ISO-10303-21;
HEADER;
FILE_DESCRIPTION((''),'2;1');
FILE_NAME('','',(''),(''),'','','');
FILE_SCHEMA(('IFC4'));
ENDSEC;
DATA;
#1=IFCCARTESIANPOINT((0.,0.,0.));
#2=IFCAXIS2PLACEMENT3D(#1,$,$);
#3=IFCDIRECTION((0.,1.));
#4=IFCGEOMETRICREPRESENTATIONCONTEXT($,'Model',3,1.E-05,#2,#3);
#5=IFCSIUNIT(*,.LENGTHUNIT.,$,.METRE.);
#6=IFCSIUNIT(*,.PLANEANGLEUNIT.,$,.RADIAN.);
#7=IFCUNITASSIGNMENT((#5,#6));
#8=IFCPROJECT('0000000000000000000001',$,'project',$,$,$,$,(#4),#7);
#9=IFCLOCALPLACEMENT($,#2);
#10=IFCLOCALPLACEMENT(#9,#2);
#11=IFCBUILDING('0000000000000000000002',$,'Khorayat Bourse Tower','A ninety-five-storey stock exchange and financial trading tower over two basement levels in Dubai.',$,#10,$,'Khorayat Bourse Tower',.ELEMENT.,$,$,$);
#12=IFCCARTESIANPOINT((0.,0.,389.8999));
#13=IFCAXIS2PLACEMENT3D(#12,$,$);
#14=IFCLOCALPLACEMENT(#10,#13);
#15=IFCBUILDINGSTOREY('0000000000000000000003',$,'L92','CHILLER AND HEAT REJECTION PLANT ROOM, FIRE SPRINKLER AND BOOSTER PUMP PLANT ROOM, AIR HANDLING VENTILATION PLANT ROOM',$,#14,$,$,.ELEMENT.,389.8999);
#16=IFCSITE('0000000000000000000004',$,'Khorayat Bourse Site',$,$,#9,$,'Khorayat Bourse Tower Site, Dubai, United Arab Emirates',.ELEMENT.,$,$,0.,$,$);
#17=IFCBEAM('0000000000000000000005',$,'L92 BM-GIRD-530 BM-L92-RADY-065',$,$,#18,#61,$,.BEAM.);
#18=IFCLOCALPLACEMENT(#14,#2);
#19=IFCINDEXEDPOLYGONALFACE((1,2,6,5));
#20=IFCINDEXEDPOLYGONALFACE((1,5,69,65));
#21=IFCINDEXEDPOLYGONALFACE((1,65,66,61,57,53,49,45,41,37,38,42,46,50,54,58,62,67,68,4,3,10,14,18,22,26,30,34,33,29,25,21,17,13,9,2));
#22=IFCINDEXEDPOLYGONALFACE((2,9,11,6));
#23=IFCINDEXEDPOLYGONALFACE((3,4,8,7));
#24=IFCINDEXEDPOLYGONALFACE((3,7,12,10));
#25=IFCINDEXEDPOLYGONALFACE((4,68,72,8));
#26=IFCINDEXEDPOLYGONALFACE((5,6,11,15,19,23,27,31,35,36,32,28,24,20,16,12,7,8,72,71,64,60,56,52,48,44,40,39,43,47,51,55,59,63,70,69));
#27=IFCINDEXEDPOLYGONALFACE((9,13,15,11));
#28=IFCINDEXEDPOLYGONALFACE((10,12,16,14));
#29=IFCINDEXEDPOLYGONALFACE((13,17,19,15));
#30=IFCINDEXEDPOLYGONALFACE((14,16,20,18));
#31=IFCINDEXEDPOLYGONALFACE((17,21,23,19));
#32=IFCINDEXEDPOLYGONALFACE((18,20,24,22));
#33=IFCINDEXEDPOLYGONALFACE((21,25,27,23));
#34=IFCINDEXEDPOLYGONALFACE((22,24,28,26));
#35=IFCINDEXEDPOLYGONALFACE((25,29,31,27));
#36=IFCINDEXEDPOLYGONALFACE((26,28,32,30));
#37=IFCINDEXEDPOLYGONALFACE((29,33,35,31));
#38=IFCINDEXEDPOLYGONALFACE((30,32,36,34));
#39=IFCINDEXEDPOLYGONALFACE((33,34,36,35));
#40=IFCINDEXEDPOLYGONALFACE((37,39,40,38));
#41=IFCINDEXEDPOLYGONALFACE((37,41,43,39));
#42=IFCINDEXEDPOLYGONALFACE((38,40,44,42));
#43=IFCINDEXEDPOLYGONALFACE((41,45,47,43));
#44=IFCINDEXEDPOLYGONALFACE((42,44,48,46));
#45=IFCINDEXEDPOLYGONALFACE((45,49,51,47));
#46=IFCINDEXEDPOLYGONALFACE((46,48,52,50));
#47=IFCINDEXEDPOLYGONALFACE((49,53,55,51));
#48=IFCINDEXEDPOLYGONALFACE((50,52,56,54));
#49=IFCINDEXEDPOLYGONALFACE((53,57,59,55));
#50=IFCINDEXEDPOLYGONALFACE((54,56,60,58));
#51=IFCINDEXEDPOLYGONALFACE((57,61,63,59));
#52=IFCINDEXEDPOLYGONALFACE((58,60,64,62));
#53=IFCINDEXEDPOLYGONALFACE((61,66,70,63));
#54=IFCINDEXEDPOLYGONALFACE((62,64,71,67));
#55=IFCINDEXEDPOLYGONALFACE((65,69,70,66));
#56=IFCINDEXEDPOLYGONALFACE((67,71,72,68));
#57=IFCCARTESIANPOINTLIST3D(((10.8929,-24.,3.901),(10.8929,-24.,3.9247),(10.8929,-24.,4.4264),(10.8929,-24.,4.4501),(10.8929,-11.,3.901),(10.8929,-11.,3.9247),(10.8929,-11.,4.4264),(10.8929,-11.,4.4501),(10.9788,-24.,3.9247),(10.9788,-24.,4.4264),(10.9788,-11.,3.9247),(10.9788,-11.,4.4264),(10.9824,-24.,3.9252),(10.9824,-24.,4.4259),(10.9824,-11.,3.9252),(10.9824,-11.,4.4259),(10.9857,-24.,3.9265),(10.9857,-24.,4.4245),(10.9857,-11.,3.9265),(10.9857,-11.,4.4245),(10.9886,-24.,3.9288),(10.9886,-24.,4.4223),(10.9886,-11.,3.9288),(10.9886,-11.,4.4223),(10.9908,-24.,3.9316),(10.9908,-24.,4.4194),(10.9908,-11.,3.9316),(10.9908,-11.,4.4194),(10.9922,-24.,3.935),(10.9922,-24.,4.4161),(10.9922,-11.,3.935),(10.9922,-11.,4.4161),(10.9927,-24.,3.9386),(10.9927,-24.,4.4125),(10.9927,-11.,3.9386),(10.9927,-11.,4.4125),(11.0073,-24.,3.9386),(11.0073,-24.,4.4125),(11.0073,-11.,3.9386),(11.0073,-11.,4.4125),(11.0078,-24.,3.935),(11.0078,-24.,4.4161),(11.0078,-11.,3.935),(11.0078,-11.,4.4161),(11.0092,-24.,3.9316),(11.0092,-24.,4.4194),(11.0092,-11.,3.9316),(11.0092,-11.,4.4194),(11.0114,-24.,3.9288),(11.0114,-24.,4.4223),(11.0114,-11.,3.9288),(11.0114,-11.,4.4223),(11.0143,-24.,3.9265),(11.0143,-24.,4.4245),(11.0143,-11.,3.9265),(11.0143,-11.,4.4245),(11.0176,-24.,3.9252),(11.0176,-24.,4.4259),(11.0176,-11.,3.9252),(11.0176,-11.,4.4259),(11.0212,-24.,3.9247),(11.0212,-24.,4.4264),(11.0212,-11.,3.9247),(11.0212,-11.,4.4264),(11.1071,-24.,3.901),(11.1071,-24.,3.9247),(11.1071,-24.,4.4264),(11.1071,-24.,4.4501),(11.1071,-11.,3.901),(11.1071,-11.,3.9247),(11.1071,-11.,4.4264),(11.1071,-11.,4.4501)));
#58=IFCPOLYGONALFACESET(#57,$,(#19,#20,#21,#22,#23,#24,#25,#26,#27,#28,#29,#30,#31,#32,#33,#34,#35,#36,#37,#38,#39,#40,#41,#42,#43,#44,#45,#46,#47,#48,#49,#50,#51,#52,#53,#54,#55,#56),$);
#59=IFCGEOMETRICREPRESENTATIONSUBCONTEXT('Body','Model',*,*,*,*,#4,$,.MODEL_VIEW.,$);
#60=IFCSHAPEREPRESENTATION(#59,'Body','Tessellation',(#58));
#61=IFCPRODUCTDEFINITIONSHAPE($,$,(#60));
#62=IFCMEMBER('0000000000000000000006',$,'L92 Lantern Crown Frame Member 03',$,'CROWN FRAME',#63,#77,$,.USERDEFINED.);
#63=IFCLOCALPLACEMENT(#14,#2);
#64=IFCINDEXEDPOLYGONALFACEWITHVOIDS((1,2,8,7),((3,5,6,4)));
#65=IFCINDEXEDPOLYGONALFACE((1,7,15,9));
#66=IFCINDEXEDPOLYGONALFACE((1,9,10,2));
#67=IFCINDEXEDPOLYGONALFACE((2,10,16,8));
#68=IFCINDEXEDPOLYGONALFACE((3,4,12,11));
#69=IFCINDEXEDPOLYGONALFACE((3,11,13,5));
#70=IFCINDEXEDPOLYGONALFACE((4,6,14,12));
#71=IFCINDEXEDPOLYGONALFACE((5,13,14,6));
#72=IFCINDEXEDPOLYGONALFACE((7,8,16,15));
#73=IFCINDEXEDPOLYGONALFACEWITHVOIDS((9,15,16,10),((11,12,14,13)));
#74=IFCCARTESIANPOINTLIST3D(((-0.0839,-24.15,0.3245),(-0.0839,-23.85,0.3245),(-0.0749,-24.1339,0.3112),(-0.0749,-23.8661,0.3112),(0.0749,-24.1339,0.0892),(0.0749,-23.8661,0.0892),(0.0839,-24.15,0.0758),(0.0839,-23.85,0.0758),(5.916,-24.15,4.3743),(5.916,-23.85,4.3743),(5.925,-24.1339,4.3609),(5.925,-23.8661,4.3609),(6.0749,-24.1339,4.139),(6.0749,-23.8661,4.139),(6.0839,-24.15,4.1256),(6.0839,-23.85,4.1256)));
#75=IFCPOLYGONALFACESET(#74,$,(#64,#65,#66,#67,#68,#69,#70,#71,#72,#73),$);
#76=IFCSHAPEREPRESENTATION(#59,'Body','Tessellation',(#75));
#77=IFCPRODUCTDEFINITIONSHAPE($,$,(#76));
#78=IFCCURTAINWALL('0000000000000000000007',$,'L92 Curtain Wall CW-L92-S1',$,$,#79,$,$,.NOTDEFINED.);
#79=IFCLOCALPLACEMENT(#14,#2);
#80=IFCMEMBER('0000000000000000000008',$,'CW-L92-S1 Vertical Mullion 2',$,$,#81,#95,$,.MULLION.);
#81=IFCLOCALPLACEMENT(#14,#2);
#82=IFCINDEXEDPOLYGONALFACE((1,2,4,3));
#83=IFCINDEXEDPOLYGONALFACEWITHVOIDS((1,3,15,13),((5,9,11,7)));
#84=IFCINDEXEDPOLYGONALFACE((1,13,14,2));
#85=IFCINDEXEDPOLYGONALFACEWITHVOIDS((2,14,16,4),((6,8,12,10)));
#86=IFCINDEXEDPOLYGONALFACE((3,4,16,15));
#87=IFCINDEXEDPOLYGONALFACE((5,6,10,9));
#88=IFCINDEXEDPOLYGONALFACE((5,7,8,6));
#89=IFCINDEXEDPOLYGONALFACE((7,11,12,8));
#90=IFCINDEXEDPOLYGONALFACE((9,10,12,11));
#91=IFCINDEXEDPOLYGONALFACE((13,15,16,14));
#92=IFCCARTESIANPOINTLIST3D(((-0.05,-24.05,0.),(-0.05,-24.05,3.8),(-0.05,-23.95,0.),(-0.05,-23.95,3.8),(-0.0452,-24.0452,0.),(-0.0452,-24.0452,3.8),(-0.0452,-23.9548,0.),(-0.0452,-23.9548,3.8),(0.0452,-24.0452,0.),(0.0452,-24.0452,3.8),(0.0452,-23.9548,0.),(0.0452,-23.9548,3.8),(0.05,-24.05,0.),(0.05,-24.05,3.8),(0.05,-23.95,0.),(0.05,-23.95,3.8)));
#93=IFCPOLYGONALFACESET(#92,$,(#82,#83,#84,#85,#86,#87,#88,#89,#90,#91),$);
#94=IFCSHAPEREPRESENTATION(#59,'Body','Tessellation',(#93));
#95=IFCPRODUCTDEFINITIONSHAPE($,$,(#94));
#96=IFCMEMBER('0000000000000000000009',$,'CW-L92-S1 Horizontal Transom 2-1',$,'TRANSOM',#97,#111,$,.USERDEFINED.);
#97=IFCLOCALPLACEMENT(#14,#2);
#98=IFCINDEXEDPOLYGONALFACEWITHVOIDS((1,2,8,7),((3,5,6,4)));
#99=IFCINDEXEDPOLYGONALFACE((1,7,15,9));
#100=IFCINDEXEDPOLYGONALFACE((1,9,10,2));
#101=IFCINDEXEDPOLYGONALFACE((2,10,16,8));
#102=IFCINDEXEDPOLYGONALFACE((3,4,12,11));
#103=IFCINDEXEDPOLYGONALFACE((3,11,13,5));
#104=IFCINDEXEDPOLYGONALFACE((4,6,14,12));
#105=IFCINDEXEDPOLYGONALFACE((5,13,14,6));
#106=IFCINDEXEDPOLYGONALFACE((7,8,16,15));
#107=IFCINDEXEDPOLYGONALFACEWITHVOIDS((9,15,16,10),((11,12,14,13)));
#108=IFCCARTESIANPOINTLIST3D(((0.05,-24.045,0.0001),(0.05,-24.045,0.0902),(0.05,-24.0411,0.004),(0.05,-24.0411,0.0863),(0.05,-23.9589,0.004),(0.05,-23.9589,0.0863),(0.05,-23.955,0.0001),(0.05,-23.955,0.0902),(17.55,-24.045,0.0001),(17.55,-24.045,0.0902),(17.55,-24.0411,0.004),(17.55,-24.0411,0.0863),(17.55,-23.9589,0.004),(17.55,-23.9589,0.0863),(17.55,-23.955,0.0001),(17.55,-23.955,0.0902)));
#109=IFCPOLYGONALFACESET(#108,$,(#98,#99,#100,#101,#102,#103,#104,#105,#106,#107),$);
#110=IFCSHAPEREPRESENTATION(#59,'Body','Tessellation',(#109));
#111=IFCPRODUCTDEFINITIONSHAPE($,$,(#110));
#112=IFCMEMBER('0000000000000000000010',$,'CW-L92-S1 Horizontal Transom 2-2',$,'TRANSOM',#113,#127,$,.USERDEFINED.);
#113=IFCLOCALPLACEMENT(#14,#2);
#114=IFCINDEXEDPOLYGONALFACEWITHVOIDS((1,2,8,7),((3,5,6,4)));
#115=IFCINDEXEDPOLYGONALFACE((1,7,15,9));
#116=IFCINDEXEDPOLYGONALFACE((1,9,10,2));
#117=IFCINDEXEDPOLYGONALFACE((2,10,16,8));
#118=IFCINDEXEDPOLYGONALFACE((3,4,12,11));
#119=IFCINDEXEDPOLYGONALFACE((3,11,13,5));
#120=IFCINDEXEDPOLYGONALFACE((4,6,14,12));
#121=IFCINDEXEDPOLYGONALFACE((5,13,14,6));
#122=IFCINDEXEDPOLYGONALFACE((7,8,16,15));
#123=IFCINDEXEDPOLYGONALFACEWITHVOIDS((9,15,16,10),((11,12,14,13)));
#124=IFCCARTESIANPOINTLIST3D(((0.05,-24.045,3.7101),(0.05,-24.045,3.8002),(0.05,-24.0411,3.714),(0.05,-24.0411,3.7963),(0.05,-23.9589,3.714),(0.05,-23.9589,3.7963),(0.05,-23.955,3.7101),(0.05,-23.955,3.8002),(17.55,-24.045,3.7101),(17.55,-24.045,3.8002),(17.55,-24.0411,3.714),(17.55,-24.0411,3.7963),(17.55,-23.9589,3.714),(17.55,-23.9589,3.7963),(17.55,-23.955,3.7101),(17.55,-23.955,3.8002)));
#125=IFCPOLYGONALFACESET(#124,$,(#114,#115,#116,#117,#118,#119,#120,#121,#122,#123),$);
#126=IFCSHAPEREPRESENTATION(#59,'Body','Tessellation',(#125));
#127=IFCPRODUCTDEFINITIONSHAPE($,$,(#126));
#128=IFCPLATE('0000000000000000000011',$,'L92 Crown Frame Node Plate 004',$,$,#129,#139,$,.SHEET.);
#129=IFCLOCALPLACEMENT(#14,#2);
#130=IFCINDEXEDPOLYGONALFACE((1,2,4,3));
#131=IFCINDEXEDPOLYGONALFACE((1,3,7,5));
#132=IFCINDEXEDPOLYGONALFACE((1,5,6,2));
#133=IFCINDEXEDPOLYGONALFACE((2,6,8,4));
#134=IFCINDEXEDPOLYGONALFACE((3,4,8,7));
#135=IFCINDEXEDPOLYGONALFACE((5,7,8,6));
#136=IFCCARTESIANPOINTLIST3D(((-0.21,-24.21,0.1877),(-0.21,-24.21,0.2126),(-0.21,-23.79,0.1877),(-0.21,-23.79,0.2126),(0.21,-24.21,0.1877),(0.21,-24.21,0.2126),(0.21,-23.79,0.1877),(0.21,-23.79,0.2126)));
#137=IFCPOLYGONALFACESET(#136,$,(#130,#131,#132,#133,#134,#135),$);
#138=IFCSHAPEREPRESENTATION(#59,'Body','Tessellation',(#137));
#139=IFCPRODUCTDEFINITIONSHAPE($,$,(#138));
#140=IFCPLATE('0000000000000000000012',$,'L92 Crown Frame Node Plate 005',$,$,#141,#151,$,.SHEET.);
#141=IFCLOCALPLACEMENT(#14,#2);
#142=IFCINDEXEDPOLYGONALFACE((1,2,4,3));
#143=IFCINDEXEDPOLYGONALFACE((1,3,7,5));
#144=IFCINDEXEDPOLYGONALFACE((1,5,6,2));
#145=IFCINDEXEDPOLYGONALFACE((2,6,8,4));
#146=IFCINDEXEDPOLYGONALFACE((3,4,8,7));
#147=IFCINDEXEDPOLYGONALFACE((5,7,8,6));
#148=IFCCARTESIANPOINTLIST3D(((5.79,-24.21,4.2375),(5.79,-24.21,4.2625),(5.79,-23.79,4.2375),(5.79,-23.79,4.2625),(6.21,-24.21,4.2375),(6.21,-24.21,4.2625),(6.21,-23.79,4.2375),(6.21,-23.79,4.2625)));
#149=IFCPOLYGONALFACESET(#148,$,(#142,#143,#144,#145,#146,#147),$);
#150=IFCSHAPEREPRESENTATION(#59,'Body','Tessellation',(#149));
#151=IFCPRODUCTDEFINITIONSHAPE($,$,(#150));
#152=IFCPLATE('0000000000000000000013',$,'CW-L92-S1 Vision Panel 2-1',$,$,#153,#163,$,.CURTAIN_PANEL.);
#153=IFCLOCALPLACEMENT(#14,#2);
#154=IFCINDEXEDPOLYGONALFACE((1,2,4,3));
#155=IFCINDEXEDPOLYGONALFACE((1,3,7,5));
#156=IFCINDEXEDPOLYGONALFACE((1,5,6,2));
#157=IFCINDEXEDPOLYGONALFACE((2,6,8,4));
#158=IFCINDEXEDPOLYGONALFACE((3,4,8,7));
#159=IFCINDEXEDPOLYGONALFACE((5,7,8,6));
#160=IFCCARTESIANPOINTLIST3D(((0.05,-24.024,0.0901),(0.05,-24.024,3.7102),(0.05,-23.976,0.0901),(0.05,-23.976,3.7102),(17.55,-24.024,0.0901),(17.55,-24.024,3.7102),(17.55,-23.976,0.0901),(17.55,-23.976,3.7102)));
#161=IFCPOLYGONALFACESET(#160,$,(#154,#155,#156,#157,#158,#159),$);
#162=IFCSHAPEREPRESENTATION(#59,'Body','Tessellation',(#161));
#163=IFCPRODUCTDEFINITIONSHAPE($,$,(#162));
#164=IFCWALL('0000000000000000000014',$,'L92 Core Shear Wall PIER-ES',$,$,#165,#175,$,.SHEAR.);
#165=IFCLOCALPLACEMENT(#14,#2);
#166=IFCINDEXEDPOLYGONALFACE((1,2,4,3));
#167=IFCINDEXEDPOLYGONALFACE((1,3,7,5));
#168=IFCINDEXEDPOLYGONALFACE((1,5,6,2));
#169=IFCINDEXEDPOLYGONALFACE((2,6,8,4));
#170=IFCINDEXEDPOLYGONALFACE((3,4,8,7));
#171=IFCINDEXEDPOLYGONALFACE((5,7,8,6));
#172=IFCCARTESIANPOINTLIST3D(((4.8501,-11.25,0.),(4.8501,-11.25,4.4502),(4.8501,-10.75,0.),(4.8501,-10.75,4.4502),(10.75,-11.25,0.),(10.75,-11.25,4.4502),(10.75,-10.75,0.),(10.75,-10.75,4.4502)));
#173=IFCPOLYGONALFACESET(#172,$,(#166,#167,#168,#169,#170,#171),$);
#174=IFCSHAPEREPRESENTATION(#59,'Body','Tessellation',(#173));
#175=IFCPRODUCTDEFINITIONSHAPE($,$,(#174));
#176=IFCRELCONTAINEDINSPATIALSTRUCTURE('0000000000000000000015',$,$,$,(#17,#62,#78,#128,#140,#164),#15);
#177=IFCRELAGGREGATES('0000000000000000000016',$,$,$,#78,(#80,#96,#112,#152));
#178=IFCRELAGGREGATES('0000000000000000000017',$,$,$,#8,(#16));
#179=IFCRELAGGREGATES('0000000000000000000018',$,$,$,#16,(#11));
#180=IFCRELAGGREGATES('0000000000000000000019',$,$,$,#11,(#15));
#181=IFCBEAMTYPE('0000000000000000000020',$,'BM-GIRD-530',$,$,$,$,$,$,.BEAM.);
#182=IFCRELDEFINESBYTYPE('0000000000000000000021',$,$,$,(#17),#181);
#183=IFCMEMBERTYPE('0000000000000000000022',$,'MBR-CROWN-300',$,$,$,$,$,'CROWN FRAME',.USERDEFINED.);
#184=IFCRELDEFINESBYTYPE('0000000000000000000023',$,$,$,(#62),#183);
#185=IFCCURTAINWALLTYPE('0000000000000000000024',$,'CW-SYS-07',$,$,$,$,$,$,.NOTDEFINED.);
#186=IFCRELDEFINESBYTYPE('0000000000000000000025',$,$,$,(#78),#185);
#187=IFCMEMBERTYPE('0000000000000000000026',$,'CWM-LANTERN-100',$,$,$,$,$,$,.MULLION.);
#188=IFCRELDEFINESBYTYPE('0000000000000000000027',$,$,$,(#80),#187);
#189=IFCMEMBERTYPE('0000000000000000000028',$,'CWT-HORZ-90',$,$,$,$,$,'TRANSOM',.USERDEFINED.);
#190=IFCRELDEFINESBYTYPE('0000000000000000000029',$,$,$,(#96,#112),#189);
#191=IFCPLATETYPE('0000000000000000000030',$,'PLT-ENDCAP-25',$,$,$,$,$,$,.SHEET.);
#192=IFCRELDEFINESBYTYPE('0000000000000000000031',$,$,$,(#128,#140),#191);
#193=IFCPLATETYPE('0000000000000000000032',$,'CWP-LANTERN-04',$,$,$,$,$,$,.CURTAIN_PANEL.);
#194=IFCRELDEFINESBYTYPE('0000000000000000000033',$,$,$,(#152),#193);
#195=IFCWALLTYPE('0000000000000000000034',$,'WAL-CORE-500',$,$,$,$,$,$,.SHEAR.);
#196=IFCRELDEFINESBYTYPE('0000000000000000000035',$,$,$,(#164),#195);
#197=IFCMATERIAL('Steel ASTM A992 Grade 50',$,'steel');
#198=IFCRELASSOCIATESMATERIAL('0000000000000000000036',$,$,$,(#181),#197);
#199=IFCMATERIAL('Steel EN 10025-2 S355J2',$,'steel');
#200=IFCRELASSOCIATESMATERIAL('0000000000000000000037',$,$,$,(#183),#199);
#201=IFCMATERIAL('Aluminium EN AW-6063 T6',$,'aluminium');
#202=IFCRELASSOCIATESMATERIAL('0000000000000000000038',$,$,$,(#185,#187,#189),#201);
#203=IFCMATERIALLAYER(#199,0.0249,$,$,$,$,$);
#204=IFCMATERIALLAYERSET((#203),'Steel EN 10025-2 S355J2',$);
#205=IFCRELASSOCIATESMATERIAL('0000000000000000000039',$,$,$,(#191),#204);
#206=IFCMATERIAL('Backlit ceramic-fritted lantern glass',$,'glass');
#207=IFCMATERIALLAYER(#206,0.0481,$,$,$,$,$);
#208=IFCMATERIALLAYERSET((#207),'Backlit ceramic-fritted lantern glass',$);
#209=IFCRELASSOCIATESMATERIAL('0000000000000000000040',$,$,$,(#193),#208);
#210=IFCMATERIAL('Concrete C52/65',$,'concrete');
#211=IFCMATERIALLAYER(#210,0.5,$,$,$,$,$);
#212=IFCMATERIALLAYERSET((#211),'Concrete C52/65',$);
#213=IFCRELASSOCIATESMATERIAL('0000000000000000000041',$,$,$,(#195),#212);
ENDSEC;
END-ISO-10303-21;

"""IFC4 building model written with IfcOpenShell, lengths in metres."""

from ifc_helpers import new_model, si_unit, direction, frame, frame_2d, origin, origin_2d, place, context, subcontext, project, spatial, rectangle, hollow_rectangle, i_section, extrude, source, transform, mapped, material, layer, layer_set, material_profile, profile_set, type_object, element, aggregate, save


model = new_model("IFC4")

# Units and contexts
model_context = context("Model", 3, precision=1e-05, world=origin(), true_north=direction((0.0, 1.0)))
body_context = subcontext(model_context, "Body", "Model", "MODEL_VIEW")
ifc_project = project(units=[si_unit("LENGTHUNIT", "METRE"), si_unit("PLANEANGLEUNIT", "RADIAN")], contexts=[model_context])

# Site, building, storey
site_placement = place(None, origin())
site = spatial("IfcSite", under=ifc_project, at=site_placement, Name="Khorayat Bourse Site", LongName="Khorayat Bourse Tower Site, Dubai, United Arab Emirates", CompositionType="ELEMENT", RefElevation=0.0)
building_placement = place(site_placement, origin())
building = spatial("IfcBuilding", under=site, at=building_placement, Name="Khorayat Bourse Tower", Description="A ninety-five-storey stock exchange and financial trading tower over two basement levels in Dubai.", LongName="Khorayat Bourse Tower", CompositionType="ELEMENT")
storey_placement = place(building_placement, frame((0.0, 0.0, 389.8999)))
storey = spatial("IfcBuildingStorey", under=building, at=storey_placement, Name="L92", Description="CHILLER AND HEAT REJECTION PLANT ROOM, FIRE SPRINKLER AND BOOSTER PUMP PLANT ROOM, AIR HANDLING VENTILATION PLANT ROOM", CompositionType="ELEMENT", Elevation=389.8999)

# Shared definitions
ifc_material_1 = material(Name="Concrete C52/65", Category="concrete")
ifc_material_2 = material(Name="Steel EN 10025-2 S355J2", Category="steel")

# Beam
ifc_material_3 = material(Name="Steel ASTM A992 Grade 50", Category="steel")
ifc_material_profile_1 = material_profile(ifc_material_3, i_section(OverallWidth=0.2141, OverallDepth=0.5491, WebThickness=0.0146, FlangeThickness=0.0237, FilletRadius=0.0139, at=origin_2d()), Name="W530X138")
ifc_profile_set_1 = profile_set([ifc_material_profile_1], Name="Steel ASTM A992 Grade 50")
beam_type_1 = type_object("IfcBeamType", Name="BM-GIRD-530", PredefinedType="BEAM", material=ifc_profile_set_1)
shared_shape_1 = source(origin(), body_context, "Body", "SweptSolid", [
    extrude(i_section(OverallWidth=0.2141, OverallDepth=0.5491, WebThickness=0.0146, FlangeThickness=0.0237, FilletRadius=0.0139, at=origin_2d()), origin(), (0.0, 0.0, 1.0), 13.0),
])
for number, where, z_axis, x_axis, name in (
    (1, (11.0, -24.0, 4.1755), (0.0, 1.0, 0.0), (-1.0, 0.0, 0.0), "L92 BM-GIRD-530 BM-L92-RADY-065"),
):
    element("IfcBeam", number, at=place(storey_placement, frame(where, z_axis=z_axis, x_axis=x_axis)), inside=storey, type_object=beam_type_1, Name=name, PredefinedType="BEAM", context=body_context, shape_type="MappedRepresentation", body=[
        mapped(shared_shape_1, transform((0.0, 0.0, 0.0), scale=1.0)),
    ])

# Member
ifc_material_profile_2 = material_profile(ifc_material_2, hollow_rectangle(XDim=0.3, YDim=0.3, WallThickness=0.0161, at=origin_2d()), Name="HSS 300x300x16")
ifc_profile_set_2 = profile_set([ifc_material_profile_2], Name="Steel EN 10025-2 S355J2")
member_type_1 = type_object("IfcMemberType", Name="MBR-CROWN-300", ElementType="CROWN FRAME", PredefinedType="USERDEFINED", material=ifc_profile_set_2)
shared_shape_2 = source(origin(), body_context, "Body", "SweptSolid", [
    extrude(hollow_rectangle(XDim=0.3, YDim=0.3, WallThickness=0.0161, at=origin_2d()), origin(), (0.0, 0.0, 1.0), 7.2388),
])
member_1_placement = place(storey_placement, frame((0.0, -24.0, 0.2002), z_axis=(0.828861, 0.0, 0.559454), x_axis=(0.0, 1.0, 0.0)))
element("IfcMember", 2, at=member_1_placement, inside=storey, type_object=member_type_1, Name="L92 Lantern Crown Frame Member 03", ObjectType="CROWN FRAME", PredefinedType="USERDEFINED", context=body_context, shape_type="MappedRepresentation", body=[
    mapped(shared_shape_2, transform((0.0, 0.0, 0.0), scale=1.0)),
])

# Curtain wall, members
ifc_material_4 = material(Name="Aluminium EN AW-6063 T6", Category="aluminium")
curtain_wall_type = type_object("IfcCurtainWallType", Name="CW-SYS-07", PredefinedType="NOTDEFINED", material=ifc_material_4)
curtain_wall_placement = place(storey_placement, origin())
curtain_wall = element("IfcCurtainWall", 3, at=curtain_wall_placement, inside=storey, type_object=curtain_wall_type, Name="L92 Curtain Wall CW-L92-S1", PredefinedType="NOTDEFINED")
ifc_material_profile_3 = material_profile(ifc_material_4, hollow_rectangle(XDim=0.1001, YDim=0.1001, WallThickness=0.0049, at=origin_2d()), Name="ALU 100x100x5")
ifc_profile_set_3 = profile_set([ifc_material_profile_3], Name="Aluminium EN AW-6063 T6")
member_type_2 = type_object("IfcMemberType", Name="CWM-LANTERN-100", PredefinedType="MULLION", material=ifc_profile_set_3)
shared_shape_3 = source(origin(), body_context, "Body", "SweptSolid", [
    extrude(hollow_rectangle(XDim=0.1001, YDim=0.1001, WallThickness=0.0049, at=origin_2d()), origin(), (0.0, 0.0, 1.0), 3.8),
])
member_2_placement = place(storey_placement, frame((0.0, -24.0, 0.0), z_axis=(0.0, 0.0, 1.0), x_axis=(0.0, 1.0, 0.0)))
member_2 = element("IfcMember", 4, at=member_2_placement, type_object=member_type_2, Name="CW-L92-S1 Vertical Mullion 2", PredefinedType="MULLION", context=body_context, shape_type="MappedRepresentation", body=[
    mapped(shared_shape_3, transform((0.0, 0.0, 0.0), scale=1.0)),
])
ifc_material_profile_4 = material_profile(ifc_material_4, hollow_rectangle(XDim=0.0901, YDim=0.0901, WallThickness=0.0039, at=origin_2d()), Name="ALU 90x90x4")
ifc_profile_set_4 = profile_set([ifc_material_profile_4], Name="Aluminium EN AW-6063 T6")
member_type_3 = type_object("IfcMemberType", Name="CWT-HORZ-90", ElementType="TRANSOM", PredefinedType="USERDEFINED", material=ifc_profile_set_4)
shared_shape_4 = source(origin(), body_context, "Body", "SweptSolid", [
    extrude(hollow_rectangle(XDim=0.0901, YDim=0.0901, WallThickness=0.0039, at=origin_2d()), origin(), (0.0, 0.0, 1.0), 17.5),
])
member_3_placement = place(storey_placement, frame((0.05, -24.0, 0.0452), z_axis=(1.0, 0.0, 0.0), x_axis=(0.0, 1.0, 0.0)))
member_3 = element("IfcMember", 5, at=member_3_placement, type_object=member_type_3, Name="CW-L92-S1 Horizontal Transom 2-1", ObjectType="TRANSOM", PredefinedType="USERDEFINED", context=body_context, shape_type="MappedRepresentation", body=[
    mapped(shared_shape_4, transform((0.0, 0.0, 0.0), scale=1.0)),
])
member_4_placement = place(storey_placement, frame((0.05, -24.0, 3.7551), z_axis=(1.0, 0.0, 0.0), x_axis=(0.0, 1.0, 0.0)))
member_4 = element("IfcMember", 6, at=member_4_placement, type_object=member_type_3, Name="CW-L92-S1 Horizontal Transom 2-2", ObjectType="TRANSOM", PredefinedType="USERDEFINED", context=body_context, shape_type="MappedRepresentation", body=[
    mapped(shared_shape_4, transform((0.0, 0.0, 0.0), scale=1.0)),
])

# Plates
ifc_layer_1 = layer(ifc_material_2, 0.0249)
ifc_layer_set_1 = layer_set([ifc_layer_1], Name="Steel EN 10025-2 S355J2")
plate_type_1 = type_object("IfcPlateType", Name="PLT-ENDCAP-25", PredefinedType="SHEET", material=ifc_layer_set_1)
shared_shape_5 = source(origin(), body_context, "Body", "SweptSolid", [
    extrude(rectangle(XDim=0.4199, YDim=0.4199, at=origin_2d()), origin(), (0.0, 0.0, 1.0), 0.0249),
])
for number, where, z_axis, x_axis, name in (
    (7, (0.0, -24.0, 0.1877), (0.0, 0.0, 1.0), (1.0, 0.0, 0.0), "L92 Crown Frame Node Plate 004"),
    (8, (6.0, -24.0, 4.2375), (0.0, 0.0, 1.0), (1.0, 0.0, 0.0), "L92 Crown Frame Node Plate 005"),
):
    element("IfcPlate", number, at=place(storey_placement, frame(where, z_axis=z_axis, x_axis=x_axis)), inside=storey, type_object=plate_type_1, Name=name, PredefinedType="SHEET", context=body_context, shape_type="MappedRepresentation", body=[
        mapped(shared_shape_5, transform((0.0, 0.0, 0.0), scale=1.0)),
    ])

# Plate
ifc_material_5 = material(Name="Backlit ceramic-fritted lantern glass", Category="glass")
ifc_layer_2 = layer(ifc_material_5, 0.0481)
ifc_layer_set_2 = layer_set([ifc_layer_2], Name="Backlit ceramic-fritted lantern glass")
plate_type_2 = type_object("IfcPlateType", Name="CWP-LANTERN-04", PredefinedType="CURTAIN_PANEL", material=ifc_layer_set_2)
shared_shape_6 = source(origin(), body_context, "Body", "SweptSolid", [
    extrude(rectangle(XDim=17.5, YDim=0.0481, at=origin_2d()), origin(), (0.0, 0.0, 1.0), 3.6201),
])
plate_placement = place(storey_placement, frame((8.8, -24.0, 0.0901), z_axis=(0.0, 0.0, 1.0), x_axis=(1.0, 0.0, 0.0)))
plate = element("IfcPlate", 9, at=plate_placement, type_object=plate_type_2, Name="CW-L92-S1 Vision Panel 2-1", PredefinedType="CURTAIN_PANEL", context=body_context, shape_type="MappedRepresentation", body=[
    mapped(shared_shape_6, transform((0.0, 0.0, 0.0), scale=1.0)),
])
aggregate(curtain_wall, [member_2, member_3, member_4, plate])

# Wall
ifc_layer_3 = layer(ifc_material_1, 0.5)
ifc_layer_set_3 = layer_set([ifc_layer_3], Name="Concrete C52/65")
wall_type_1 = type_object("IfcWallType", Name="WAL-CORE-500", PredefinedType="SHEAR", material=ifc_layer_set_3)
shared_shape_7 = source(origin(), body_context, "Body", "SweptSolid", [
    extrude(rectangle(XDim=5.8999, YDim=0.5, at=frame_2d((2.95, 0.0))), origin(), (0.0, 0.0, 1.0), 4.4502),
])
wall_1_placement = place(storey_placement, frame((4.8501, -11.0, 0.0), z_axis=(0.0, 0.0, 1.0), x_axis=(1.0, 0.0, 0.0)))
element("IfcWall", 10, at=wall_1_placement, inside=storey, type_object=wall_type_1, Name="L92 Core Shear Wall PIER-ES", PredefinedType="SHEAR", context=body_context, shape_type="MappedRepresentation", body=[
    mapped(shared_shape_7, transform((0.0, 0.0, 0.0), scale=1.0)),
])

save(model, "model.ifc")
